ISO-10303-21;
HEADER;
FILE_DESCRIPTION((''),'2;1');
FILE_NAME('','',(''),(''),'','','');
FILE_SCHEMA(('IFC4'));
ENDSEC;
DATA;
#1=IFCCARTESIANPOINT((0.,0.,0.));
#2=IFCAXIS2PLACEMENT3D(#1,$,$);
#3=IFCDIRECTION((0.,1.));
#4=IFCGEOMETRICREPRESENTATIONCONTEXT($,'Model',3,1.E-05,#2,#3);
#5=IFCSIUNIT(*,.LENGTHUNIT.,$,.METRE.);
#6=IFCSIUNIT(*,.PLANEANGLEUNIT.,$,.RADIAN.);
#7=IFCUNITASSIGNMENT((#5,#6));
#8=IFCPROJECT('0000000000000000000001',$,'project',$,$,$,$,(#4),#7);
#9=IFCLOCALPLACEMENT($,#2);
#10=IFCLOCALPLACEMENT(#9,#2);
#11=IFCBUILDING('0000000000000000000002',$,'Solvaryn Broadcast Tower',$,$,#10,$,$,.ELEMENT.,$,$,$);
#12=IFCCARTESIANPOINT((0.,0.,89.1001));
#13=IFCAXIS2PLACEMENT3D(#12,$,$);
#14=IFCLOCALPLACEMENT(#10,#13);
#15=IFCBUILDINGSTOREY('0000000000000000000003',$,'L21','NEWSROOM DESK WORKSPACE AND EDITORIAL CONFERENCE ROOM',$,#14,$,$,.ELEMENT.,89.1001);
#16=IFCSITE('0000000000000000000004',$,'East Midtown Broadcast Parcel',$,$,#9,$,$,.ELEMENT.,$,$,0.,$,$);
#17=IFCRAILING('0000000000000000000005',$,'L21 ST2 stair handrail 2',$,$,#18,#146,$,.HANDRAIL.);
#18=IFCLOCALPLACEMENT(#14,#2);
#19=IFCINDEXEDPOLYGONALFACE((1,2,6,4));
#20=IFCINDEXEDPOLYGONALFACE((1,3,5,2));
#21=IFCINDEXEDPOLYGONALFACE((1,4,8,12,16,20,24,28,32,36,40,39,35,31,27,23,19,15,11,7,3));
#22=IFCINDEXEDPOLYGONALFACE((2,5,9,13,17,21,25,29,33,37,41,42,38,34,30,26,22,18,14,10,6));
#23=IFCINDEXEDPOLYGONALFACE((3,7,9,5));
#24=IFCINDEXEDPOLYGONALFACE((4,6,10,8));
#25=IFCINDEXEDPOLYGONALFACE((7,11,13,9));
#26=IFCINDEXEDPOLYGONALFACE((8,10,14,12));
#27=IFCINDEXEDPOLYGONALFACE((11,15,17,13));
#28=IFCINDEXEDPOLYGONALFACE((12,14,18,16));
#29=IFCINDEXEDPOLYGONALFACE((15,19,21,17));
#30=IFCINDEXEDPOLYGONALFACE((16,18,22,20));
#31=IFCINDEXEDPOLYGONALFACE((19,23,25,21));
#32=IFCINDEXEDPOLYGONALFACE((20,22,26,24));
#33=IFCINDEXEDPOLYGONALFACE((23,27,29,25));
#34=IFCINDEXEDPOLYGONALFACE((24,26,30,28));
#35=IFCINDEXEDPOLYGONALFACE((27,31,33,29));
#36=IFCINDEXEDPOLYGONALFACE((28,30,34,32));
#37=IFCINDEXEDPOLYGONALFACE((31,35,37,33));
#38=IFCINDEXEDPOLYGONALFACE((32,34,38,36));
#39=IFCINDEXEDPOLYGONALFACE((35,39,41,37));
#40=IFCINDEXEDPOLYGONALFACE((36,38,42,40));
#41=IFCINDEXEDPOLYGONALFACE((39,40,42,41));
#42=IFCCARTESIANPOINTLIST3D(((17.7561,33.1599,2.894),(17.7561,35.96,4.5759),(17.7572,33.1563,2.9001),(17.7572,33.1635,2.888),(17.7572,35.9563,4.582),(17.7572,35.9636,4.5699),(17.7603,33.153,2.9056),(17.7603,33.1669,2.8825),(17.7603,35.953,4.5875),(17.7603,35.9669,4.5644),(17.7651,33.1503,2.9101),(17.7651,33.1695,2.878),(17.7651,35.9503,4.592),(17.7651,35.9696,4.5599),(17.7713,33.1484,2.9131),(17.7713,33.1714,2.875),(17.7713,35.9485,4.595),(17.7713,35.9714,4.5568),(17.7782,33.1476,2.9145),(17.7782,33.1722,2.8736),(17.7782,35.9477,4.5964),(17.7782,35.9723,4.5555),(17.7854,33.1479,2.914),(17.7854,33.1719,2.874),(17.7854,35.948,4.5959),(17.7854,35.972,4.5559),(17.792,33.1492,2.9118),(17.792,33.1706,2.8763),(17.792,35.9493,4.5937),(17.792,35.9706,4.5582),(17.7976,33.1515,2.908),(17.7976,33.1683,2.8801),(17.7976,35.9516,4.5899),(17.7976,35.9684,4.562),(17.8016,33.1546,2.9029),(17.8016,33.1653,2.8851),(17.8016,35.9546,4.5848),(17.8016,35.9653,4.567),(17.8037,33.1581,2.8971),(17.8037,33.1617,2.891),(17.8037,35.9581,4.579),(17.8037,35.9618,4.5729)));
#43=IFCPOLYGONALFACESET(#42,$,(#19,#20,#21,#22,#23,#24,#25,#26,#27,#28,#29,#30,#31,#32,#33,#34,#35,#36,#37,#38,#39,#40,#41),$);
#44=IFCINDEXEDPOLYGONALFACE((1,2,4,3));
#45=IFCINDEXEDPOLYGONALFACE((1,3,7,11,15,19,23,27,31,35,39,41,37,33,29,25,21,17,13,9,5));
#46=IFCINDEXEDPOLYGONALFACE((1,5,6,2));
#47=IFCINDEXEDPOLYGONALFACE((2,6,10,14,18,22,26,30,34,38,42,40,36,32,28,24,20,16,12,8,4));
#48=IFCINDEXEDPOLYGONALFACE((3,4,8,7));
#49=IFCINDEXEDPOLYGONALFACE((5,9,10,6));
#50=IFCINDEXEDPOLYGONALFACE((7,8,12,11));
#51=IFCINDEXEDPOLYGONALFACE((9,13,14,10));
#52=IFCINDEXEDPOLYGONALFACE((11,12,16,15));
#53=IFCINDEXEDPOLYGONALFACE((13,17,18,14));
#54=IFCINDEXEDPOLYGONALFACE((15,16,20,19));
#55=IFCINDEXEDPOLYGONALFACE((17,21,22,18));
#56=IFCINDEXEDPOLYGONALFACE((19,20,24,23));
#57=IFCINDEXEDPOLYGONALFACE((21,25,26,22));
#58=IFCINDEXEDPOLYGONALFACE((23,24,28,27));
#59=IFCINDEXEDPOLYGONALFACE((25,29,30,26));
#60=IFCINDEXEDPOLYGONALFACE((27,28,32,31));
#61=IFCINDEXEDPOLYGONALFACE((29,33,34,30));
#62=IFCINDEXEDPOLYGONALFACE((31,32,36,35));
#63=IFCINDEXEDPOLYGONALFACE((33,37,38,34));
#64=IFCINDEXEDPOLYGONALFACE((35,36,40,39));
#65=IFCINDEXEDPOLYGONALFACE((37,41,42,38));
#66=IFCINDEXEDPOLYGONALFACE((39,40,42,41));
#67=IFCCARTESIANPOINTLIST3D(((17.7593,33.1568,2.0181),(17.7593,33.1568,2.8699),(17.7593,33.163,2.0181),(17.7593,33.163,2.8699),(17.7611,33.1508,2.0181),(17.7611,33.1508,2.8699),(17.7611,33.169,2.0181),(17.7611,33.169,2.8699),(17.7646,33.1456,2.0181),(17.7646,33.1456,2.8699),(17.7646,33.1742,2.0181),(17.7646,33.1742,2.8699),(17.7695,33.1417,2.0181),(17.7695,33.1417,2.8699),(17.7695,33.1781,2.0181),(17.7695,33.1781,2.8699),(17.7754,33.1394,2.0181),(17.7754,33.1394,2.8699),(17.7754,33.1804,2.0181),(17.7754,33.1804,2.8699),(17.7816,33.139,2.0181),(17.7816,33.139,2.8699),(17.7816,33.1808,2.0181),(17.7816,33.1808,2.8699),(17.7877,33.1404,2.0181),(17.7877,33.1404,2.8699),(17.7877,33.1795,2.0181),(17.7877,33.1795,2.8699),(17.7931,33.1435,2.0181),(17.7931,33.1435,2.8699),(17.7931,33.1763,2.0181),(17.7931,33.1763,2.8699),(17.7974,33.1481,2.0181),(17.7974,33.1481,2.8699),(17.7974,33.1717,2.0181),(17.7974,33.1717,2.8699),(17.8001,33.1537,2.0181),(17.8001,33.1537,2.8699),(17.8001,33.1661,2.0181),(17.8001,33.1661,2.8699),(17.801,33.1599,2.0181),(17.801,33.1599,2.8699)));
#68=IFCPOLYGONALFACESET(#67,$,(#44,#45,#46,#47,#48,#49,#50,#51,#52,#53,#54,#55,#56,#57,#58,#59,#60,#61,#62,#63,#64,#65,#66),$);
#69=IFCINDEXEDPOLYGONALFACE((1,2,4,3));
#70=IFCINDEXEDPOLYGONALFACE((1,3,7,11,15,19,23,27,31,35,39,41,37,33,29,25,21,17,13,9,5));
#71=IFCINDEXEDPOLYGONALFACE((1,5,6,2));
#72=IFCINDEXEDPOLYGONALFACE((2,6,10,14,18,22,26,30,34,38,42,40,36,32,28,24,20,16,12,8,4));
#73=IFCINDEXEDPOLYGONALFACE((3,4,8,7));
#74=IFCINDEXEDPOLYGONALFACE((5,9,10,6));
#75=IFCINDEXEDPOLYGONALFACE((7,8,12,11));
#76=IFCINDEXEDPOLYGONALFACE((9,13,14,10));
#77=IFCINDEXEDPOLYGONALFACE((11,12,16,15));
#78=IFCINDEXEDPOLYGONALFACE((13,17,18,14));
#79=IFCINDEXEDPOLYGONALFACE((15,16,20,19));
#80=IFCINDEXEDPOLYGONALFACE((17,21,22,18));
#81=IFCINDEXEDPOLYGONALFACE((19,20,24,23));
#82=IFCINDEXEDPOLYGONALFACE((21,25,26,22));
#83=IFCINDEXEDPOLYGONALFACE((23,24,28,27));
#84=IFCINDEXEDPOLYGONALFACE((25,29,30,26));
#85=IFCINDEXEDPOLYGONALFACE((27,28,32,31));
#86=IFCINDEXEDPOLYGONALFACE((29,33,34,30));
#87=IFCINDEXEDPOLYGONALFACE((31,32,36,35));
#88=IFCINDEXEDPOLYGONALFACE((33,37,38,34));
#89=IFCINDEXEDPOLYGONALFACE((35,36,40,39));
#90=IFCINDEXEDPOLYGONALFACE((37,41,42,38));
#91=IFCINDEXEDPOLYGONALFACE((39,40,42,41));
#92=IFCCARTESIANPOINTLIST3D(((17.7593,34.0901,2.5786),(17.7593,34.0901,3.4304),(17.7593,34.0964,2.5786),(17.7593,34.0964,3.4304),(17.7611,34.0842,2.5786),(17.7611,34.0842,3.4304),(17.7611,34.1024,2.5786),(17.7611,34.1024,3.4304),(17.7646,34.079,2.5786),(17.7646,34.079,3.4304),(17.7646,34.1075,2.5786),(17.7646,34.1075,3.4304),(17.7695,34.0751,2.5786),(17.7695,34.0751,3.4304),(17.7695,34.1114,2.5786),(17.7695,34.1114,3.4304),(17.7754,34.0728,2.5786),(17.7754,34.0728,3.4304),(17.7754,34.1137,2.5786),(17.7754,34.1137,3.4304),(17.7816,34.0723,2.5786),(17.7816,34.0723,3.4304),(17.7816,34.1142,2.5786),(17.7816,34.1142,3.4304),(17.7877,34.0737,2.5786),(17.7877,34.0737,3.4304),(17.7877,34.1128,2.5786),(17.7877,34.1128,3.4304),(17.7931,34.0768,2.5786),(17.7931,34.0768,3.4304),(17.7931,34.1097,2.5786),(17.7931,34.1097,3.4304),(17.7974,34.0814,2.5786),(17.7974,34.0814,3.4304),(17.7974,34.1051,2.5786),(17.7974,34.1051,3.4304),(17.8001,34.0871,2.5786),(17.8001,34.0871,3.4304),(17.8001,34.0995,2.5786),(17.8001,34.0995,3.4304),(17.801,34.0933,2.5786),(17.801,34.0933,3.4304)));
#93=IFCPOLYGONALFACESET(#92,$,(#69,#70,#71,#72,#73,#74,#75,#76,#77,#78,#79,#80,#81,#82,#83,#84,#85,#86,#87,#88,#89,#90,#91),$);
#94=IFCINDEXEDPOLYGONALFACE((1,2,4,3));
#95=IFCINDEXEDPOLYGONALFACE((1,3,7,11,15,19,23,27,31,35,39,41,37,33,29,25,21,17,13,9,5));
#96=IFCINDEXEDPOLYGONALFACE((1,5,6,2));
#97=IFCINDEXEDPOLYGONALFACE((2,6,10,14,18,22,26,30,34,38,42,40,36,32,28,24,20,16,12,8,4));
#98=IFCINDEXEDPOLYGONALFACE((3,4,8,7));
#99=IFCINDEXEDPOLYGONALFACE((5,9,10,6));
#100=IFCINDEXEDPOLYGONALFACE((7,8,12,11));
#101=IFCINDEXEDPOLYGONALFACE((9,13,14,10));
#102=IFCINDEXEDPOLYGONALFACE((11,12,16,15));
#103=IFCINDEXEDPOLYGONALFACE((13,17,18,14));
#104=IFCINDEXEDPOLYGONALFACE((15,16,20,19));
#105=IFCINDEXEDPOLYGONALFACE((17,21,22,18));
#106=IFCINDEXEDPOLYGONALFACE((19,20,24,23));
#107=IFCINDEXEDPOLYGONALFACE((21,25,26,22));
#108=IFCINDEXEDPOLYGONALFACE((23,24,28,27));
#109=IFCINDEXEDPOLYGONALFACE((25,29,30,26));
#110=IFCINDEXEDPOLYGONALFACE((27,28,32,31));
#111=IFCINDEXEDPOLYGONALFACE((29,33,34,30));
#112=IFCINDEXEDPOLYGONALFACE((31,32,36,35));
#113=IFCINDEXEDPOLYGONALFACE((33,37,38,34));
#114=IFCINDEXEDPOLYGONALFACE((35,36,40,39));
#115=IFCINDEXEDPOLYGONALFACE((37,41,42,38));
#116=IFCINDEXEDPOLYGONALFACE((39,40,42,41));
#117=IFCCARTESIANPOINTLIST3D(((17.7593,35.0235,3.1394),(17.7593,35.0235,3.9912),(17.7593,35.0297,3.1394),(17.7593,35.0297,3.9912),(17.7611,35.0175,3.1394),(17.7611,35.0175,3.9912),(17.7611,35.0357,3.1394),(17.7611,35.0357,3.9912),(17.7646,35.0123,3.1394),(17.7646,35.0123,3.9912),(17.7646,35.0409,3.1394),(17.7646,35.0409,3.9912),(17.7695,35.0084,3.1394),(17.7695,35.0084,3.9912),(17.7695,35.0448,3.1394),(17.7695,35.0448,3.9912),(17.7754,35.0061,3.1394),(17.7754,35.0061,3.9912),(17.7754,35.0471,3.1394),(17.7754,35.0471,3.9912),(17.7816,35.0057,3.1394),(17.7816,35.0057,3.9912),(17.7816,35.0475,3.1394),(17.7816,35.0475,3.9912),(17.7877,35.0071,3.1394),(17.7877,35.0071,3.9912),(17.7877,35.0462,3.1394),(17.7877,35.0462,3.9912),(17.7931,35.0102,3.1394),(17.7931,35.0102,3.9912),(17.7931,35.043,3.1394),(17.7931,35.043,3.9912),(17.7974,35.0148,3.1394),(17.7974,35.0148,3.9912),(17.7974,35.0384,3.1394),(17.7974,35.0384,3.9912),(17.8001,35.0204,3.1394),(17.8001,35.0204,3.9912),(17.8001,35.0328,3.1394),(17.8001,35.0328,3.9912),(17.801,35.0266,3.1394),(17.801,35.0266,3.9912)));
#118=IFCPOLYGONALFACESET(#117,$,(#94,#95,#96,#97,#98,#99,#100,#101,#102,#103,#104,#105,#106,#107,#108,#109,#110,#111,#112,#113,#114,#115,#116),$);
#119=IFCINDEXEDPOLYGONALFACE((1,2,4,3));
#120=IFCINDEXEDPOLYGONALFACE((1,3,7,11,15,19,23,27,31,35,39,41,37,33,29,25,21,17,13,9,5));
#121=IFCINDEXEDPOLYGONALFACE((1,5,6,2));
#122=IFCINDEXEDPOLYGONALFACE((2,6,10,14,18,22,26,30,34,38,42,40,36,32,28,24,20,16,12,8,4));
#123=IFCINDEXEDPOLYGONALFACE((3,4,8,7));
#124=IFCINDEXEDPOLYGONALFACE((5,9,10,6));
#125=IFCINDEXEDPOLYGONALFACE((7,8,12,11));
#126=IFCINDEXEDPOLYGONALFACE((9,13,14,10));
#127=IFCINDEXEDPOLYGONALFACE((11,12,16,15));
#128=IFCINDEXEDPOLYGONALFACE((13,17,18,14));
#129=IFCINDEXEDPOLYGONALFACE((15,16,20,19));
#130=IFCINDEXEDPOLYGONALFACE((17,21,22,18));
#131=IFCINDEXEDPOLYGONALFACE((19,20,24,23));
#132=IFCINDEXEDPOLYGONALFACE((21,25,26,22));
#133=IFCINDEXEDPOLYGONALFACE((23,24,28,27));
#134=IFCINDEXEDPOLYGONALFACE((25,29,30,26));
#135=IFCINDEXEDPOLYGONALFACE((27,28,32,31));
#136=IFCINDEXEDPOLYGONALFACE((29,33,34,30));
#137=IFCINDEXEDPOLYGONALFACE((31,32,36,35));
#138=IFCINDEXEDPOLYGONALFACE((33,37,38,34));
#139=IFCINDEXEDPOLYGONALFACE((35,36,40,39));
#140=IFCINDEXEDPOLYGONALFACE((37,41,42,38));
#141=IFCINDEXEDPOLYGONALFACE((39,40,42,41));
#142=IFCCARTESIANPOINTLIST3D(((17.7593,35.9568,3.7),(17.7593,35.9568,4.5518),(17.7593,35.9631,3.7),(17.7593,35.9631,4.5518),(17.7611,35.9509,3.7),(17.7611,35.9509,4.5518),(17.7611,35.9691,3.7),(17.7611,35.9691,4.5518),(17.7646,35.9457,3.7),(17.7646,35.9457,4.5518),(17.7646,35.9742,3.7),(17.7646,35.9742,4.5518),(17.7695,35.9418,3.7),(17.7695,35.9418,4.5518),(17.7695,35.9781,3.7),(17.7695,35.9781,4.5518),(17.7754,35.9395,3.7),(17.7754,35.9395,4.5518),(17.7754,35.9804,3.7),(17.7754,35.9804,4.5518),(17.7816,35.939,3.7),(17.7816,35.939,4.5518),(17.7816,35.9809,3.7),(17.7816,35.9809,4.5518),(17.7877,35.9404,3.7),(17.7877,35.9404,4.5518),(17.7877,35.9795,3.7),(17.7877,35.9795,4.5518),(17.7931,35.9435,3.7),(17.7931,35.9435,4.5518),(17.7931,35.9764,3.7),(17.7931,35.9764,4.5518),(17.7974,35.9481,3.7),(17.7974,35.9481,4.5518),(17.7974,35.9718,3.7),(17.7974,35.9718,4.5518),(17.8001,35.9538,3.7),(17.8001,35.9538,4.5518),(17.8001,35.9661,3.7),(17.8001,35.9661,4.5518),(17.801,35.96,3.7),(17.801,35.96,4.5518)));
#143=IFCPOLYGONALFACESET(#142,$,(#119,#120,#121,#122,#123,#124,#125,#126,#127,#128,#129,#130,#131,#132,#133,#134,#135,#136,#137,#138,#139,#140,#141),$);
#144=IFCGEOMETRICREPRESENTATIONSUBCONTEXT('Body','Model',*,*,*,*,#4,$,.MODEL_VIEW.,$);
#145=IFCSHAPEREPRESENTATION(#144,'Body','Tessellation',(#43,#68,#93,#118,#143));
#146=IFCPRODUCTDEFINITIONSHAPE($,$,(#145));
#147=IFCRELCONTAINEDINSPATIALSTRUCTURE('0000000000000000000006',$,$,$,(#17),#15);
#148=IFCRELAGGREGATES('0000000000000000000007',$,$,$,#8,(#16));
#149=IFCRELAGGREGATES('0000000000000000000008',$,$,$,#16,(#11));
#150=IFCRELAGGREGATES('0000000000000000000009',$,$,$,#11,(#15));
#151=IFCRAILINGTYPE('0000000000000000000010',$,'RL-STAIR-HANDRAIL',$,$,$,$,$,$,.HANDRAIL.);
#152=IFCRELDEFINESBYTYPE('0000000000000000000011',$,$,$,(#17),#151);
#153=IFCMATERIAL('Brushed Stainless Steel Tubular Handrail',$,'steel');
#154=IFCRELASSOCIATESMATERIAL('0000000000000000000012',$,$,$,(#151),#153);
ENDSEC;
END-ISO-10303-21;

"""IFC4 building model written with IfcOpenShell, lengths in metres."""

from ifc_helpers import new_model, si_unit, direction, frame, origin, origin_2d, place, context, subcontext, project, spatial, circle, extrude, material, type_object, element, save


model = new_model("IFC4")

# Units and contexts
model_context = context("Model", 3, precision=1e-05, world=origin(), true_north=direction((0.0, 1.0)))
body_context = subcontext(model_context, "Body", "Model", "MODEL_VIEW")
ifc_project = project(units=[si_unit("LENGTHUNIT", "METRE"), si_unit("PLANEANGLEUNIT", "RADIAN")], contexts=[model_context])

# Site, building, storey
site_placement = place(None, origin())
site = spatial("IfcSite", under=ifc_project, at=site_placement, Name="East Midtown Broadcast Parcel", CompositionType="ELEMENT", RefElevation=0.0)
building_placement = place(site_placement, origin())
building = spatial("IfcBuilding", under=site, at=building_placement, Name="Solvaryn Broadcast Tower", CompositionType="ELEMENT")
storey_placement = place(building_placement, frame((0.0, 0.0, 89.1001)))
storey = spatial("IfcBuildingStorey", under=building, at=storey_placement, Name="L21", Description="NEWSROOM DESK WORKSPACE AND EDITORIAL CONFERENCE ROOM", CompositionType="ELEMENT", Elevation=89.1001)

# Railing
ifc_material_1 = material(Name="Brushed Stainless Steel Tubular Handrail", Category="steel")
railing_type_1 = type_object("IfcRailingType", Name="RL-STAIR-HANDRAIL", PredefinedType="HANDRAIL", material=ifc_material_1)
railing_1_placement = place(storey_placement, frame((17.78, 33.1599, 2.0181)))
element("IfcRailing", 1, at=railing_1_placement, inside=storey, type_object=railing_type_1, Name="L21 ST2 stair handrail 2", PredefinedType="HANDRAIL", context=body_context, shape_type="SweptSolid", body=[
    extrude(circle(Radius=0.0239, at=origin_2d()), frame((0.0, 0.0, 0.876), z_axis=(0.0, 0.857242, 0.514913), x_axis=(-1.0, 0.0, 0.0)), (0.0, 0.0, 1.0), 3.2664),
    extrude(circle(Radius=0.021, at=origin_2d()), origin(), (0.0, 0.0, 1.0), 0.8518),
    extrude(circle(Radius=0.021, at=origin_2d()), frame((0.0, 0.9333, 0.5605)), (0.0, 0.0, 1.0), 0.8518),
    extrude(circle(Radius=0.021, at=origin_2d()), frame((0.0, 1.8667, 1.1213)), (0.0, 0.0, 1.0), 0.8518),
    extrude(circle(Radius=0.021, at=origin_2d()), frame((0.0, 2.8, 1.6819)), (0.0, 0.0, 1.0), 0.8518),
])

save(model, "model.ifc")
